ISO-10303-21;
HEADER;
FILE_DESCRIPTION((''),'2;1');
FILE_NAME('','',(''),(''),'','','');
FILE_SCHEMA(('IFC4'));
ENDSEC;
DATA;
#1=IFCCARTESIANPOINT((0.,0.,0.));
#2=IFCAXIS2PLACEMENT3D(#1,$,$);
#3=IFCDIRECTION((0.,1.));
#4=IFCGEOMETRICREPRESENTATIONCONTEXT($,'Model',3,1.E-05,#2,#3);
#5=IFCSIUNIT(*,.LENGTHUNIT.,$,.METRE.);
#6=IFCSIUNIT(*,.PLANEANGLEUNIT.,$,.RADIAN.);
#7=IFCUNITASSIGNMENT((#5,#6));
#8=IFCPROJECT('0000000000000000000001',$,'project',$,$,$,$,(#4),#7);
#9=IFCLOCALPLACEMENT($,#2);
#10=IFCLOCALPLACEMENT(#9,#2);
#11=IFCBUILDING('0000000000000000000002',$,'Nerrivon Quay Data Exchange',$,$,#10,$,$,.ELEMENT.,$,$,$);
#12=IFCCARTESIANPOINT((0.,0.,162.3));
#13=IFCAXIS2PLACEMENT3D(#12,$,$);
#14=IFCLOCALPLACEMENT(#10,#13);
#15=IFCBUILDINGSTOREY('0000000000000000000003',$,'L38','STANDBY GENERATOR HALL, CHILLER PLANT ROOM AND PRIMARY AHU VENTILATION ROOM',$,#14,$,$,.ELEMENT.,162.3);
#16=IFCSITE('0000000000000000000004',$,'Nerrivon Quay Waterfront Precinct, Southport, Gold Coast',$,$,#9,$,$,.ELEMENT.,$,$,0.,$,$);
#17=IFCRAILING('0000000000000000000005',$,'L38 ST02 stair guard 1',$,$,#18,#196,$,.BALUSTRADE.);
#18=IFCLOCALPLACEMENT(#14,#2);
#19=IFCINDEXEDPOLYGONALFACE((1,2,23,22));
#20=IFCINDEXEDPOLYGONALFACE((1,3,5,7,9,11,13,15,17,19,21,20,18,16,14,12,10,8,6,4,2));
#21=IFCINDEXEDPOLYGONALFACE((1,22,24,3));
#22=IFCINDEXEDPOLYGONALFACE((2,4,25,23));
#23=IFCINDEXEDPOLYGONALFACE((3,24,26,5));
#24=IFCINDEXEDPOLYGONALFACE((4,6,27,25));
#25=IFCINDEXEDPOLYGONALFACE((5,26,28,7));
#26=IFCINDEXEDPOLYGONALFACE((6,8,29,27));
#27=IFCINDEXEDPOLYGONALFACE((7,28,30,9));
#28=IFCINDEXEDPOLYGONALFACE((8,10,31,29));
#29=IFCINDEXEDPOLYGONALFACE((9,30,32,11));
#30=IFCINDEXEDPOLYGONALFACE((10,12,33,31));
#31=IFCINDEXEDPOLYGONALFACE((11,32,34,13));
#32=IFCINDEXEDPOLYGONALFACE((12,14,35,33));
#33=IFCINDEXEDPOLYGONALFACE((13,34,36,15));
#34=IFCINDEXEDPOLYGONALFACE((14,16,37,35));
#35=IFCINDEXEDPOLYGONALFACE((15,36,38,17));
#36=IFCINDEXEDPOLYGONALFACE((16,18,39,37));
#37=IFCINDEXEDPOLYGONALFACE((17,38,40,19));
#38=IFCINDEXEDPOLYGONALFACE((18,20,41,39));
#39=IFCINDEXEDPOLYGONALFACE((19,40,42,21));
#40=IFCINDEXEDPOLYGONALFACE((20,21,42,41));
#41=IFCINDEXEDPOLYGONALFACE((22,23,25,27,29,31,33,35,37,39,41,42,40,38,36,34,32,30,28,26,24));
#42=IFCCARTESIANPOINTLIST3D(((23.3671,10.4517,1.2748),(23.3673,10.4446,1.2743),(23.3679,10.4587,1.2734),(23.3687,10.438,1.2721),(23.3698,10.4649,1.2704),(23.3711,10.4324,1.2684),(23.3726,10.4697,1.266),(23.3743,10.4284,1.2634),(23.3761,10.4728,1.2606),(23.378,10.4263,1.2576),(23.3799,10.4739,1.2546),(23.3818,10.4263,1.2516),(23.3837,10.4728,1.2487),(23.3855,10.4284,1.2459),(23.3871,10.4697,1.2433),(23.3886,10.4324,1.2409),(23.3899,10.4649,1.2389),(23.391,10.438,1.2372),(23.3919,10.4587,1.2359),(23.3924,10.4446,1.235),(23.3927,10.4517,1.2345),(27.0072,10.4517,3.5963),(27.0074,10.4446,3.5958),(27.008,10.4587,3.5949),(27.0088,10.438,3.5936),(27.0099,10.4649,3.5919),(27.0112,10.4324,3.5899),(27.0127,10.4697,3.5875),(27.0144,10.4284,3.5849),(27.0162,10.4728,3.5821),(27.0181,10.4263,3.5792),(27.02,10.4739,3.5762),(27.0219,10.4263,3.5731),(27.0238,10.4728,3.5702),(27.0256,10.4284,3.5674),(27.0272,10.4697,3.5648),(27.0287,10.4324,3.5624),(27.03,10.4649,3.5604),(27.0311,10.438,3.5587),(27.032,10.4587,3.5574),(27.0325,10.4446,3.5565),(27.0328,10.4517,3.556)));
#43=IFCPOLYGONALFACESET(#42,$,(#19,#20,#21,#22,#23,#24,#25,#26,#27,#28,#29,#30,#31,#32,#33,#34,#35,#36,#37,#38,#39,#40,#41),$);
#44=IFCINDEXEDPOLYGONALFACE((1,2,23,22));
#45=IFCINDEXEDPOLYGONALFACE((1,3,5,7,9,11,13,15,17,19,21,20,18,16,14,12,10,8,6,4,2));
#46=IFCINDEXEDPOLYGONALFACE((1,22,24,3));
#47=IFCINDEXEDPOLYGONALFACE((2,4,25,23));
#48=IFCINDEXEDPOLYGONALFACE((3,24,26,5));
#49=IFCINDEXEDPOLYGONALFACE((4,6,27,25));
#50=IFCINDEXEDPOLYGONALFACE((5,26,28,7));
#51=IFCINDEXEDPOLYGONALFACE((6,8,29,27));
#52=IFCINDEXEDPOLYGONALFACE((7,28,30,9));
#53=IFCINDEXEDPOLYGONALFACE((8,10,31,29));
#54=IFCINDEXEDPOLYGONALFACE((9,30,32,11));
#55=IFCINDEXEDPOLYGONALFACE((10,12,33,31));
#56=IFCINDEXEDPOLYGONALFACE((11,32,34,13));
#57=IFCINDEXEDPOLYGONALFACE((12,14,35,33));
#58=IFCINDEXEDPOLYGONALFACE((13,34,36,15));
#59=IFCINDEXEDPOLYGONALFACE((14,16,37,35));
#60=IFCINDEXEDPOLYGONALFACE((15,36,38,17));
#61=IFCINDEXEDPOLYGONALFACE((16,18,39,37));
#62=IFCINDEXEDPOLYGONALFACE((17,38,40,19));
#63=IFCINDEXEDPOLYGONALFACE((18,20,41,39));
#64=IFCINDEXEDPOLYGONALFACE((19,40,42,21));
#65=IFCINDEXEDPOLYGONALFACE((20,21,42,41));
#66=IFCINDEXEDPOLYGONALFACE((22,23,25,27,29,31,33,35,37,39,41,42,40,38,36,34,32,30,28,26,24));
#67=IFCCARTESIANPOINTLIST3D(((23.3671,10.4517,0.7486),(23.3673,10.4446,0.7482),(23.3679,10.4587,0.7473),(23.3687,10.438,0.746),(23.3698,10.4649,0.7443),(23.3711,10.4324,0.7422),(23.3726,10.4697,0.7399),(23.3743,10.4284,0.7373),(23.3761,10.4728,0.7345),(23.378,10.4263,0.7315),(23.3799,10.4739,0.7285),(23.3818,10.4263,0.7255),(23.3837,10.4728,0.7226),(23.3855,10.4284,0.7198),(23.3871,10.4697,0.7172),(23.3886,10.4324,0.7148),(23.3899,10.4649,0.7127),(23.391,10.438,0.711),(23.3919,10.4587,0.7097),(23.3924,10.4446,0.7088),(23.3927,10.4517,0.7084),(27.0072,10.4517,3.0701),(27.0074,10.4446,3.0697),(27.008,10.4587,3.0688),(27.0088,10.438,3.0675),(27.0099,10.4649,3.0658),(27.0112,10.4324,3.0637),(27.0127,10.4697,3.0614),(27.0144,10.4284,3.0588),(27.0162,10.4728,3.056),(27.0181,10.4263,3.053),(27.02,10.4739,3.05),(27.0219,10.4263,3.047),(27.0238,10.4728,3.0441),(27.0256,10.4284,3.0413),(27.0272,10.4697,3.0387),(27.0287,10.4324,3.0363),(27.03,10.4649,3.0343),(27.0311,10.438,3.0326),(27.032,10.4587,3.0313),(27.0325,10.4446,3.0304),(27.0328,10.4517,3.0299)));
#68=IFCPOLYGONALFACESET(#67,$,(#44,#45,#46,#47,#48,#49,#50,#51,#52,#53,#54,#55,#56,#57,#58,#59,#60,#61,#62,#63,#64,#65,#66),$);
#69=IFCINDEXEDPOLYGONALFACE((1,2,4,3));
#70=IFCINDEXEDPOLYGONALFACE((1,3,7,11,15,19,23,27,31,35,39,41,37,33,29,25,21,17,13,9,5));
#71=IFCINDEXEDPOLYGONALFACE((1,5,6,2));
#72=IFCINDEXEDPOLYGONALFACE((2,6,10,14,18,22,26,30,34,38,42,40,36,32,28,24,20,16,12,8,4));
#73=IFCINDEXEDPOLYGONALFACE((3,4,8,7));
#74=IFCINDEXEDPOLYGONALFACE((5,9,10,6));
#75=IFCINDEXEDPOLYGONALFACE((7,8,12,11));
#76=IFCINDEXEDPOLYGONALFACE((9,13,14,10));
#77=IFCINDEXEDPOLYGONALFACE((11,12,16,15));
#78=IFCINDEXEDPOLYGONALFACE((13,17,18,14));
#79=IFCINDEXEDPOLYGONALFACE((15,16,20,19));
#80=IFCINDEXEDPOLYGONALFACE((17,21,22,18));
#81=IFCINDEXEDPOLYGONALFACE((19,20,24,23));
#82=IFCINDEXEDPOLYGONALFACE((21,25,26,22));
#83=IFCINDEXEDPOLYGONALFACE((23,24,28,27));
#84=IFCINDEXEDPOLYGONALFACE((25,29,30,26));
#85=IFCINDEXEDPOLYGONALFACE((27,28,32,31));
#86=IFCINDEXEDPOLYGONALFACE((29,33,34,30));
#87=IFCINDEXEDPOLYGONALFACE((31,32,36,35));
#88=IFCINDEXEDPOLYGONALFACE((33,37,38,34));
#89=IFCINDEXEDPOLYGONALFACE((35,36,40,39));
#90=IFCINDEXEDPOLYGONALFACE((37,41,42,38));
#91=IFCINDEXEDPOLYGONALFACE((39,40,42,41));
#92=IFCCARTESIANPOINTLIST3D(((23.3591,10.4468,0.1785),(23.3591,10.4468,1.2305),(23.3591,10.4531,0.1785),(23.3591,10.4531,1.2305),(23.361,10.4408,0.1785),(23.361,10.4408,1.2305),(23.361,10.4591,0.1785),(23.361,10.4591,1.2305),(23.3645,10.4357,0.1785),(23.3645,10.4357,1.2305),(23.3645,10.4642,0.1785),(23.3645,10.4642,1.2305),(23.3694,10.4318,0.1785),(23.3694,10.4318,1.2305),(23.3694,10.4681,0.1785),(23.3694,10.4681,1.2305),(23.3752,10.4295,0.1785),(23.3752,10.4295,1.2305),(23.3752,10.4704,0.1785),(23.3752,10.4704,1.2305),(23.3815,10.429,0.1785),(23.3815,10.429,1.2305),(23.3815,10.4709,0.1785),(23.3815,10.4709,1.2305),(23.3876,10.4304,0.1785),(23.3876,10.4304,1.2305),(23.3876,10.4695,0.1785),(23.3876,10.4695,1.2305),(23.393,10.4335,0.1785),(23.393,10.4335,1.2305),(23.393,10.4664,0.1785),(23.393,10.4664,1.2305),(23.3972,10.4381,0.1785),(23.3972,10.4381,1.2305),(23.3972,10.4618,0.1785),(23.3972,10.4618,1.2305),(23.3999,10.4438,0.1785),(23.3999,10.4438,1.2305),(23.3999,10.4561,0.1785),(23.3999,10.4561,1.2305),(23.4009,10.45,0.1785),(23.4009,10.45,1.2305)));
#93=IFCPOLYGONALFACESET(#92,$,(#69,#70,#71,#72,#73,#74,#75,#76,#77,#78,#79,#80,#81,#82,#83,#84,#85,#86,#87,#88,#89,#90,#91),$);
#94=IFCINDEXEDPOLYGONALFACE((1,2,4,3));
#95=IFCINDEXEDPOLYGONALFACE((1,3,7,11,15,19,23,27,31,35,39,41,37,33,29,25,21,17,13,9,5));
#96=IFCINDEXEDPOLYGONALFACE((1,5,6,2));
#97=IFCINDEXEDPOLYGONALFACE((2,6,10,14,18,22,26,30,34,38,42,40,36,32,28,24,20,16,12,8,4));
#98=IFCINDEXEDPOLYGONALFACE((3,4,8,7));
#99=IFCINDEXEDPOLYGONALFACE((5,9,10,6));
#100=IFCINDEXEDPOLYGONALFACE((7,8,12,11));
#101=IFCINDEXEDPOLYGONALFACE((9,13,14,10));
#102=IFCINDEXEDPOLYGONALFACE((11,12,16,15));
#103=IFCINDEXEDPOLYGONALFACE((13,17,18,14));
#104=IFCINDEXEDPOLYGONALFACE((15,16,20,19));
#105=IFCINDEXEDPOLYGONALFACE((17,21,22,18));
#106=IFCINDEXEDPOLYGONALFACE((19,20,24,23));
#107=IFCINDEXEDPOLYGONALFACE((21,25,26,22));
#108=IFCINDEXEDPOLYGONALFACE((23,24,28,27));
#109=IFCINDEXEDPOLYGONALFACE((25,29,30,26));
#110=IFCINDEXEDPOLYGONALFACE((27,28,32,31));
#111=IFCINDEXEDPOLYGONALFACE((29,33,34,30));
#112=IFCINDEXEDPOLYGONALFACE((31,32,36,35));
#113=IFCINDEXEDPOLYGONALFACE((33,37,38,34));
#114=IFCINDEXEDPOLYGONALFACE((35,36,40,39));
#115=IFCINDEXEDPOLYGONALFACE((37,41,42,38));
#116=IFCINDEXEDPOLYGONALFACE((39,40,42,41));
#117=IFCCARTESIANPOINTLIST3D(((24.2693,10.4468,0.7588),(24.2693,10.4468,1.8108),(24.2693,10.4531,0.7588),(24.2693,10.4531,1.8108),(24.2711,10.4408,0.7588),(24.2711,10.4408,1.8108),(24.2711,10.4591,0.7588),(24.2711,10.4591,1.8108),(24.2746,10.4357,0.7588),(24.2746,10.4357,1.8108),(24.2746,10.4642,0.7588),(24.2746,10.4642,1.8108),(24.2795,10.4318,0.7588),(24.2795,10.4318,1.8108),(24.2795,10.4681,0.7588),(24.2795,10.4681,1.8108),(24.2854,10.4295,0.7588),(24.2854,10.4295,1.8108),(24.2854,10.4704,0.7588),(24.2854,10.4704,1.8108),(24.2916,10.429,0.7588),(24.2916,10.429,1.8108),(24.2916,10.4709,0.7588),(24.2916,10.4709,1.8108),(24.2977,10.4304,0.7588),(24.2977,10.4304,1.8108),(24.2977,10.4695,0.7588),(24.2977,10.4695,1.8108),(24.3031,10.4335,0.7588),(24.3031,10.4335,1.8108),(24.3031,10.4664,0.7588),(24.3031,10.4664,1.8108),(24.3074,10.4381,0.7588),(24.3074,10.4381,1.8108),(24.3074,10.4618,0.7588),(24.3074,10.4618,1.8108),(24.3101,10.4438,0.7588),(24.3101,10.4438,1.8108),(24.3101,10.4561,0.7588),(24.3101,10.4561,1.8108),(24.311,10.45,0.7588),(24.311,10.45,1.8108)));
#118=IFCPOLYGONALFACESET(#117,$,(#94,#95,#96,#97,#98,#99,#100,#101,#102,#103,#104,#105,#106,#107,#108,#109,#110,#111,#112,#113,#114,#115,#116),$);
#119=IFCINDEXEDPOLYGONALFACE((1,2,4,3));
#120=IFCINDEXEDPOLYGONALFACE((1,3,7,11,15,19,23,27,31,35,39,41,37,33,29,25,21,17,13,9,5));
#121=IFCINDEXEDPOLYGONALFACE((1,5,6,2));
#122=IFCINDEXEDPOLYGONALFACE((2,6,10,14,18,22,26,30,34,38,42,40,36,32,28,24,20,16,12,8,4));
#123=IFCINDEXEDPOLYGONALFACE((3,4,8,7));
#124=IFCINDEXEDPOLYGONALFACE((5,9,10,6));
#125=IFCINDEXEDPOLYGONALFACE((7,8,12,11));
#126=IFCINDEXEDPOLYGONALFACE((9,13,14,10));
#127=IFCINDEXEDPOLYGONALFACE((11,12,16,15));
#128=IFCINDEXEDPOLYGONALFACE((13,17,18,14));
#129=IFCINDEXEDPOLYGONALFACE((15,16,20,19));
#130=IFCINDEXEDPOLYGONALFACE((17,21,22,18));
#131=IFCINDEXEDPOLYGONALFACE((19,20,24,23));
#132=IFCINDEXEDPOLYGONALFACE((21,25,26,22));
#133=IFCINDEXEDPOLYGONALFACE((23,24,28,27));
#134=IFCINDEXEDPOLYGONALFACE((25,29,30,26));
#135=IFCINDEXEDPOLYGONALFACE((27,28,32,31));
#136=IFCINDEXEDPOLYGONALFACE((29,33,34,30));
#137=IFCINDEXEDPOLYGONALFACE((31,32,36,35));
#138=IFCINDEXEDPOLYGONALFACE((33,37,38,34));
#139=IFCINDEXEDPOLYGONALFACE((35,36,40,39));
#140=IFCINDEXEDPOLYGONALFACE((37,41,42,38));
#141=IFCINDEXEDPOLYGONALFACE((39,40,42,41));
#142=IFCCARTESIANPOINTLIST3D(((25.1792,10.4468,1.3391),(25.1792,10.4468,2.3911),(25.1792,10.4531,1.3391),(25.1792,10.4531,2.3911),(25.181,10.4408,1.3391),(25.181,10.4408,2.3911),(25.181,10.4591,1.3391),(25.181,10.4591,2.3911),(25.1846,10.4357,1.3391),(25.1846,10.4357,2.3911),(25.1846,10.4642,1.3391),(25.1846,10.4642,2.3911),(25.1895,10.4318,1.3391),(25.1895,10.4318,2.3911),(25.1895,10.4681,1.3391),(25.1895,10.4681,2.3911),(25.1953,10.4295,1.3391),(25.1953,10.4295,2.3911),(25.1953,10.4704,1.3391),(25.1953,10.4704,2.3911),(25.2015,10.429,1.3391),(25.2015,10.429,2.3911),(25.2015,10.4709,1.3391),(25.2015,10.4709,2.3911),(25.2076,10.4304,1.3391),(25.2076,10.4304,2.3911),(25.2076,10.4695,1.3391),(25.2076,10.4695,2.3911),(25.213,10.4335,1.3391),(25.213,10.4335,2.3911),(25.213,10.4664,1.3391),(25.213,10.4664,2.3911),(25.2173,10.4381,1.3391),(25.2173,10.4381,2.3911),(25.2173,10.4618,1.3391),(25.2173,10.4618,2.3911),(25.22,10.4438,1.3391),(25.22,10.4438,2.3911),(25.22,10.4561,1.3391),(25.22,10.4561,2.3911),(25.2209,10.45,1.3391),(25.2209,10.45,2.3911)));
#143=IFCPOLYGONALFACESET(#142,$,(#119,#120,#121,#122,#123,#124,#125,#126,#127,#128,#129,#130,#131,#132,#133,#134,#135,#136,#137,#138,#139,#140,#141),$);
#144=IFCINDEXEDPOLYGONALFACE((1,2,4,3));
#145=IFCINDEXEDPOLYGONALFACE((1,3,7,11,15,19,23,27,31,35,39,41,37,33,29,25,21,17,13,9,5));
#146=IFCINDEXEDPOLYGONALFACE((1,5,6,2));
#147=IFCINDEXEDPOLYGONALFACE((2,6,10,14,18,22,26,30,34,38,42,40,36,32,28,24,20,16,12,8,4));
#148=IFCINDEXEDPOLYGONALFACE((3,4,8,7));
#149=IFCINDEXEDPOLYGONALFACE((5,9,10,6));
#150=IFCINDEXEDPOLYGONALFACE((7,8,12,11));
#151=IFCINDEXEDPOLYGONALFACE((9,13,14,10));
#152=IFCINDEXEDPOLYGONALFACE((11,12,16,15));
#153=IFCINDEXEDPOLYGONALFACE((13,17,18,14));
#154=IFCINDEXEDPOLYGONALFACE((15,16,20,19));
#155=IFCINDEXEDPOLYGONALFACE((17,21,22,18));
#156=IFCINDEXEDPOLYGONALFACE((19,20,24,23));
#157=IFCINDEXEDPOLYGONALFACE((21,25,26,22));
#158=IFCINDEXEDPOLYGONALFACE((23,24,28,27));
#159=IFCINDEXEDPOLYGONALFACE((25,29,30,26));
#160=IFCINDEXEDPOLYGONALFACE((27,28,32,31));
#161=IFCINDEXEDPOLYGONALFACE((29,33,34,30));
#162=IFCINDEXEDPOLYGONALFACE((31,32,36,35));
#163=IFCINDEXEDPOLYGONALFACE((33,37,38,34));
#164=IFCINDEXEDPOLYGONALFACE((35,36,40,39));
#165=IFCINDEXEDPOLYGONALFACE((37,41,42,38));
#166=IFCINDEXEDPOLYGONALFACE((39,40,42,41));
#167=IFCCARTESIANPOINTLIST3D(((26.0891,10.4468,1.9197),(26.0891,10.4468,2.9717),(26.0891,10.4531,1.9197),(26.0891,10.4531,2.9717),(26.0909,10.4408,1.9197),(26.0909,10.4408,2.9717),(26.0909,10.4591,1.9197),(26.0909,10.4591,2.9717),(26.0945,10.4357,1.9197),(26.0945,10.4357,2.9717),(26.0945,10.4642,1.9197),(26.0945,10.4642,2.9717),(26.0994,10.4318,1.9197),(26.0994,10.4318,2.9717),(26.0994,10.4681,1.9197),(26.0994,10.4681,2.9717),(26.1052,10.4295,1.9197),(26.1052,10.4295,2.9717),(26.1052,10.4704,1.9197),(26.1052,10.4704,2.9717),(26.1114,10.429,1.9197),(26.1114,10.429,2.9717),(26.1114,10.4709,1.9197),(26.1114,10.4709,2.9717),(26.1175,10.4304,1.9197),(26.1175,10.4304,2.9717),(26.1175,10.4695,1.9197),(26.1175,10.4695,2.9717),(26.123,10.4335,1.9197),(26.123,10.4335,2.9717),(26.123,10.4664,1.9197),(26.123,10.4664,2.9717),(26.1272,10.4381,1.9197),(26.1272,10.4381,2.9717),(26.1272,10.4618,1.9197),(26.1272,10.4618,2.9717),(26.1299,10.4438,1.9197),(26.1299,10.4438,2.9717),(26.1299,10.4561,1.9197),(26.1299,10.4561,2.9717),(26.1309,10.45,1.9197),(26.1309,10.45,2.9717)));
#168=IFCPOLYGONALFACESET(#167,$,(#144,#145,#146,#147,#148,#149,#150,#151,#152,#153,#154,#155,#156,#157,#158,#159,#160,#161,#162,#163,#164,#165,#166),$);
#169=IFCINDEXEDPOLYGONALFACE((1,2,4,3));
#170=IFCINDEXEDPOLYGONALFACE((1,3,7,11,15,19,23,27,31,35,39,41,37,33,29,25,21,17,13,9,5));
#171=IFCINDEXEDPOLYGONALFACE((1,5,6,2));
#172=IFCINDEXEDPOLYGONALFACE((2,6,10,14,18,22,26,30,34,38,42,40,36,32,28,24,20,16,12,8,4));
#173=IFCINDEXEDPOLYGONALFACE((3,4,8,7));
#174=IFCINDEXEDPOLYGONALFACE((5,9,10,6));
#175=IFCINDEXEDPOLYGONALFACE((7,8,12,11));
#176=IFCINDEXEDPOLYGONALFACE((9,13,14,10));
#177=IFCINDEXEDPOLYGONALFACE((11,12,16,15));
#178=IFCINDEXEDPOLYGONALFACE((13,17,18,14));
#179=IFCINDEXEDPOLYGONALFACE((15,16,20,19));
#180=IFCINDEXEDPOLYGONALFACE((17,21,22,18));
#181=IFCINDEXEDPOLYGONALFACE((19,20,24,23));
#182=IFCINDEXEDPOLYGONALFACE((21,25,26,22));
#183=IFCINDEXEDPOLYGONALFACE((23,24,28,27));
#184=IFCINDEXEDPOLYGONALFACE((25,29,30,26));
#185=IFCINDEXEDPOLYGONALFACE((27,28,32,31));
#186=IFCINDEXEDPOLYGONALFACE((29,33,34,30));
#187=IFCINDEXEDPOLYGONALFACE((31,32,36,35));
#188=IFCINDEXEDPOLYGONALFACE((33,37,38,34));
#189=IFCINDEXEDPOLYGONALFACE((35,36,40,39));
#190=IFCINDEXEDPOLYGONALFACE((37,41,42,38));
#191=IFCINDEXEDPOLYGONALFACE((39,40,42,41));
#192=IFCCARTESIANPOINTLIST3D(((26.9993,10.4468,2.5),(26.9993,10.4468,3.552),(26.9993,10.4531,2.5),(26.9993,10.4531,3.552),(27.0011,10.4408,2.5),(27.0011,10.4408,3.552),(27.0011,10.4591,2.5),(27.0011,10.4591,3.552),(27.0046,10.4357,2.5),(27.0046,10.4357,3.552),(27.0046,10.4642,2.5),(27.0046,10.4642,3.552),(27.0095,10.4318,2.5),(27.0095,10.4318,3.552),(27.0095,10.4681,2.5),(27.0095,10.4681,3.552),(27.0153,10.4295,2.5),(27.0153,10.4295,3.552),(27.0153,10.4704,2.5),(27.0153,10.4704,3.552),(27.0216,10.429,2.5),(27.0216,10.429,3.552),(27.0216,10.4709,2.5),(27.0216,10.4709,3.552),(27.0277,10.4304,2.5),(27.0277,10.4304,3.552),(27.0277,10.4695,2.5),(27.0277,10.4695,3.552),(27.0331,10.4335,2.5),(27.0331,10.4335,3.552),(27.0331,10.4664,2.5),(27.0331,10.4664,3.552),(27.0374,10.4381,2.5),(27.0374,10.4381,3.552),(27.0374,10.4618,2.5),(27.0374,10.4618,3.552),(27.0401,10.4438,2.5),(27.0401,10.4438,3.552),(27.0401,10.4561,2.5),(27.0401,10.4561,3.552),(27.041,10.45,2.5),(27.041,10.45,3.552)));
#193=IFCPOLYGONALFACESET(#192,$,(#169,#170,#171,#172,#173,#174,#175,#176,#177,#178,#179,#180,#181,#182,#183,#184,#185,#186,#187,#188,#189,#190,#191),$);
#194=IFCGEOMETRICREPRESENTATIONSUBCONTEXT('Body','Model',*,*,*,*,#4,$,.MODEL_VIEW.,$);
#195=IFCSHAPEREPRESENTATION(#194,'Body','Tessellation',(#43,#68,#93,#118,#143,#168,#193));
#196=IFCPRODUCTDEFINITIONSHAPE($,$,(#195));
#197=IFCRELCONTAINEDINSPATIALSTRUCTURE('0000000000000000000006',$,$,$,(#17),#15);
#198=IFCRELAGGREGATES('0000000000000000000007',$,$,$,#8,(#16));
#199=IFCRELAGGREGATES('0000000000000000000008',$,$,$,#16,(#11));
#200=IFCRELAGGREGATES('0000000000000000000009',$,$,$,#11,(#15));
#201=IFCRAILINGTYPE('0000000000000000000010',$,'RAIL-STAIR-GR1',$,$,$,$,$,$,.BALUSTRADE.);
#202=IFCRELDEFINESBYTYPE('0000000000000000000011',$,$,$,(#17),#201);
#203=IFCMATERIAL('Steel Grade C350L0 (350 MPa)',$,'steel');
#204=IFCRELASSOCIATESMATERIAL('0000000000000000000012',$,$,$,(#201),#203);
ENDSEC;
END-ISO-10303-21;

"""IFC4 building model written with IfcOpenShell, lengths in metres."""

from ifc_helpers import new_model, si_unit, direction, frame, origin, origin_2d, place, context, subcontext, project, spatial, circle, extrude, material, type_object, element, save


model = new_model("IFC4")

# Units and contexts
model_context = context("Model", 3, precision=1e-05, world=origin(), true_north=direction((0.0, 1.0)))
body_context = subcontext(model_context, "Body", "Model", "MODEL_VIEW")
ifc_project = project(units=[si_unit("LENGTHUNIT", "METRE"), si_unit("PLANEANGLEUNIT", "RADIAN")], contexts=[model_context])

# Site, building, storey
site_placement = place(None, origin())
site = spatial("IfcSite", under=ifc_project, at=site_placement, Name="Nerrivon Quay Waterfront Precinct, Southport, Gold Coast", CompositionType="ELEMENT", RefElevation=0.0)
building_placement = place(site_placement, origin())
building = spatial("IfcBuilding", under=site, at=building_placement, Name="Nerrivon Quay Data Exchange", CompositionType="ELEMENT")
storey_placement = place(building_placement, frame((0.0, 0.0, 162.3)))
storey = spatial("IfcBuildingStorey", under=building, at=storey_placement, Name="L38", Description="STANDBY GENERATOR HALL, CHILLER PLANT ROOM AND PRIMARY AHU VENTILATION ROOM", CompositionType="ELEMENT", Elevation=162.3)

# Railing
ifc_material_1 = material(Name="Steel Grade C350L0 (350 MPa)", Category="steel")
railing_type_1 = type_object("IfcRailingType", Name="RAIL-STAIR-GR1", PredefinedType="BALUSTRADE", material=ifc_material_1)
railing_1_placement = place(storey_placement, frame((23.3799, 10.45, 0.1785)))
element("IfcRailing", 1, at=railing_1_placement, inside=storey, type_object=railing_type_1, Name="L38 ST02 stair guard 1", PredefinedType="BALUSTRADE", context=body_context, shape_type="SweptSolid", body=[
    extrude(circle(Radius=0.0239, at=origin_2d()), frame((0.0, 0.0, 1.0762), z_axis=(0.843128, 0.0, 0.537713), x_axis=(0.0, 1.0, 0.0)), (0.0, 0.0, 1.0), 4.3174),
    extrude(circle(Radius=0.0239, at=origin_2d()), frame((0.0, 0.0, 0.55), z_axis=(0.843128, 0.0, 0.537713), x_axis=(0.0, 1.0, 0.0)), (0.0, 0.0, 1.0), 4.3174),
    extrude(circle(Radius=0.021, at=origin_2d()), origin(), (0.0, 0.0, 1.0), 1.052),
    extrude(circle(Radius=0.021, at=origin_2d()), frame((0.9102, 0.0, 0.5803)), (0.0, 0.0, 1.0), 1.052),
    extrude(circle(Radius=0.021, at=origin_2d()), frame((1.8201, 0.0, 1.1606)), (0.0, 0.0, 1.0), 1.052),
    extrude(circle(Radius=0.021, at=origin_2d()), frame((2.73, 0.0, 1.7412)), (0.0, 0.0, 1.0), 1.052),
    extrude(circle(Radius=0.021, at=origin_2d()), frame((3.6401, 0.0, 2.3215)), (0.0, 0.0, 1.0), 1.052),
])

save(model, "model.ifc")
